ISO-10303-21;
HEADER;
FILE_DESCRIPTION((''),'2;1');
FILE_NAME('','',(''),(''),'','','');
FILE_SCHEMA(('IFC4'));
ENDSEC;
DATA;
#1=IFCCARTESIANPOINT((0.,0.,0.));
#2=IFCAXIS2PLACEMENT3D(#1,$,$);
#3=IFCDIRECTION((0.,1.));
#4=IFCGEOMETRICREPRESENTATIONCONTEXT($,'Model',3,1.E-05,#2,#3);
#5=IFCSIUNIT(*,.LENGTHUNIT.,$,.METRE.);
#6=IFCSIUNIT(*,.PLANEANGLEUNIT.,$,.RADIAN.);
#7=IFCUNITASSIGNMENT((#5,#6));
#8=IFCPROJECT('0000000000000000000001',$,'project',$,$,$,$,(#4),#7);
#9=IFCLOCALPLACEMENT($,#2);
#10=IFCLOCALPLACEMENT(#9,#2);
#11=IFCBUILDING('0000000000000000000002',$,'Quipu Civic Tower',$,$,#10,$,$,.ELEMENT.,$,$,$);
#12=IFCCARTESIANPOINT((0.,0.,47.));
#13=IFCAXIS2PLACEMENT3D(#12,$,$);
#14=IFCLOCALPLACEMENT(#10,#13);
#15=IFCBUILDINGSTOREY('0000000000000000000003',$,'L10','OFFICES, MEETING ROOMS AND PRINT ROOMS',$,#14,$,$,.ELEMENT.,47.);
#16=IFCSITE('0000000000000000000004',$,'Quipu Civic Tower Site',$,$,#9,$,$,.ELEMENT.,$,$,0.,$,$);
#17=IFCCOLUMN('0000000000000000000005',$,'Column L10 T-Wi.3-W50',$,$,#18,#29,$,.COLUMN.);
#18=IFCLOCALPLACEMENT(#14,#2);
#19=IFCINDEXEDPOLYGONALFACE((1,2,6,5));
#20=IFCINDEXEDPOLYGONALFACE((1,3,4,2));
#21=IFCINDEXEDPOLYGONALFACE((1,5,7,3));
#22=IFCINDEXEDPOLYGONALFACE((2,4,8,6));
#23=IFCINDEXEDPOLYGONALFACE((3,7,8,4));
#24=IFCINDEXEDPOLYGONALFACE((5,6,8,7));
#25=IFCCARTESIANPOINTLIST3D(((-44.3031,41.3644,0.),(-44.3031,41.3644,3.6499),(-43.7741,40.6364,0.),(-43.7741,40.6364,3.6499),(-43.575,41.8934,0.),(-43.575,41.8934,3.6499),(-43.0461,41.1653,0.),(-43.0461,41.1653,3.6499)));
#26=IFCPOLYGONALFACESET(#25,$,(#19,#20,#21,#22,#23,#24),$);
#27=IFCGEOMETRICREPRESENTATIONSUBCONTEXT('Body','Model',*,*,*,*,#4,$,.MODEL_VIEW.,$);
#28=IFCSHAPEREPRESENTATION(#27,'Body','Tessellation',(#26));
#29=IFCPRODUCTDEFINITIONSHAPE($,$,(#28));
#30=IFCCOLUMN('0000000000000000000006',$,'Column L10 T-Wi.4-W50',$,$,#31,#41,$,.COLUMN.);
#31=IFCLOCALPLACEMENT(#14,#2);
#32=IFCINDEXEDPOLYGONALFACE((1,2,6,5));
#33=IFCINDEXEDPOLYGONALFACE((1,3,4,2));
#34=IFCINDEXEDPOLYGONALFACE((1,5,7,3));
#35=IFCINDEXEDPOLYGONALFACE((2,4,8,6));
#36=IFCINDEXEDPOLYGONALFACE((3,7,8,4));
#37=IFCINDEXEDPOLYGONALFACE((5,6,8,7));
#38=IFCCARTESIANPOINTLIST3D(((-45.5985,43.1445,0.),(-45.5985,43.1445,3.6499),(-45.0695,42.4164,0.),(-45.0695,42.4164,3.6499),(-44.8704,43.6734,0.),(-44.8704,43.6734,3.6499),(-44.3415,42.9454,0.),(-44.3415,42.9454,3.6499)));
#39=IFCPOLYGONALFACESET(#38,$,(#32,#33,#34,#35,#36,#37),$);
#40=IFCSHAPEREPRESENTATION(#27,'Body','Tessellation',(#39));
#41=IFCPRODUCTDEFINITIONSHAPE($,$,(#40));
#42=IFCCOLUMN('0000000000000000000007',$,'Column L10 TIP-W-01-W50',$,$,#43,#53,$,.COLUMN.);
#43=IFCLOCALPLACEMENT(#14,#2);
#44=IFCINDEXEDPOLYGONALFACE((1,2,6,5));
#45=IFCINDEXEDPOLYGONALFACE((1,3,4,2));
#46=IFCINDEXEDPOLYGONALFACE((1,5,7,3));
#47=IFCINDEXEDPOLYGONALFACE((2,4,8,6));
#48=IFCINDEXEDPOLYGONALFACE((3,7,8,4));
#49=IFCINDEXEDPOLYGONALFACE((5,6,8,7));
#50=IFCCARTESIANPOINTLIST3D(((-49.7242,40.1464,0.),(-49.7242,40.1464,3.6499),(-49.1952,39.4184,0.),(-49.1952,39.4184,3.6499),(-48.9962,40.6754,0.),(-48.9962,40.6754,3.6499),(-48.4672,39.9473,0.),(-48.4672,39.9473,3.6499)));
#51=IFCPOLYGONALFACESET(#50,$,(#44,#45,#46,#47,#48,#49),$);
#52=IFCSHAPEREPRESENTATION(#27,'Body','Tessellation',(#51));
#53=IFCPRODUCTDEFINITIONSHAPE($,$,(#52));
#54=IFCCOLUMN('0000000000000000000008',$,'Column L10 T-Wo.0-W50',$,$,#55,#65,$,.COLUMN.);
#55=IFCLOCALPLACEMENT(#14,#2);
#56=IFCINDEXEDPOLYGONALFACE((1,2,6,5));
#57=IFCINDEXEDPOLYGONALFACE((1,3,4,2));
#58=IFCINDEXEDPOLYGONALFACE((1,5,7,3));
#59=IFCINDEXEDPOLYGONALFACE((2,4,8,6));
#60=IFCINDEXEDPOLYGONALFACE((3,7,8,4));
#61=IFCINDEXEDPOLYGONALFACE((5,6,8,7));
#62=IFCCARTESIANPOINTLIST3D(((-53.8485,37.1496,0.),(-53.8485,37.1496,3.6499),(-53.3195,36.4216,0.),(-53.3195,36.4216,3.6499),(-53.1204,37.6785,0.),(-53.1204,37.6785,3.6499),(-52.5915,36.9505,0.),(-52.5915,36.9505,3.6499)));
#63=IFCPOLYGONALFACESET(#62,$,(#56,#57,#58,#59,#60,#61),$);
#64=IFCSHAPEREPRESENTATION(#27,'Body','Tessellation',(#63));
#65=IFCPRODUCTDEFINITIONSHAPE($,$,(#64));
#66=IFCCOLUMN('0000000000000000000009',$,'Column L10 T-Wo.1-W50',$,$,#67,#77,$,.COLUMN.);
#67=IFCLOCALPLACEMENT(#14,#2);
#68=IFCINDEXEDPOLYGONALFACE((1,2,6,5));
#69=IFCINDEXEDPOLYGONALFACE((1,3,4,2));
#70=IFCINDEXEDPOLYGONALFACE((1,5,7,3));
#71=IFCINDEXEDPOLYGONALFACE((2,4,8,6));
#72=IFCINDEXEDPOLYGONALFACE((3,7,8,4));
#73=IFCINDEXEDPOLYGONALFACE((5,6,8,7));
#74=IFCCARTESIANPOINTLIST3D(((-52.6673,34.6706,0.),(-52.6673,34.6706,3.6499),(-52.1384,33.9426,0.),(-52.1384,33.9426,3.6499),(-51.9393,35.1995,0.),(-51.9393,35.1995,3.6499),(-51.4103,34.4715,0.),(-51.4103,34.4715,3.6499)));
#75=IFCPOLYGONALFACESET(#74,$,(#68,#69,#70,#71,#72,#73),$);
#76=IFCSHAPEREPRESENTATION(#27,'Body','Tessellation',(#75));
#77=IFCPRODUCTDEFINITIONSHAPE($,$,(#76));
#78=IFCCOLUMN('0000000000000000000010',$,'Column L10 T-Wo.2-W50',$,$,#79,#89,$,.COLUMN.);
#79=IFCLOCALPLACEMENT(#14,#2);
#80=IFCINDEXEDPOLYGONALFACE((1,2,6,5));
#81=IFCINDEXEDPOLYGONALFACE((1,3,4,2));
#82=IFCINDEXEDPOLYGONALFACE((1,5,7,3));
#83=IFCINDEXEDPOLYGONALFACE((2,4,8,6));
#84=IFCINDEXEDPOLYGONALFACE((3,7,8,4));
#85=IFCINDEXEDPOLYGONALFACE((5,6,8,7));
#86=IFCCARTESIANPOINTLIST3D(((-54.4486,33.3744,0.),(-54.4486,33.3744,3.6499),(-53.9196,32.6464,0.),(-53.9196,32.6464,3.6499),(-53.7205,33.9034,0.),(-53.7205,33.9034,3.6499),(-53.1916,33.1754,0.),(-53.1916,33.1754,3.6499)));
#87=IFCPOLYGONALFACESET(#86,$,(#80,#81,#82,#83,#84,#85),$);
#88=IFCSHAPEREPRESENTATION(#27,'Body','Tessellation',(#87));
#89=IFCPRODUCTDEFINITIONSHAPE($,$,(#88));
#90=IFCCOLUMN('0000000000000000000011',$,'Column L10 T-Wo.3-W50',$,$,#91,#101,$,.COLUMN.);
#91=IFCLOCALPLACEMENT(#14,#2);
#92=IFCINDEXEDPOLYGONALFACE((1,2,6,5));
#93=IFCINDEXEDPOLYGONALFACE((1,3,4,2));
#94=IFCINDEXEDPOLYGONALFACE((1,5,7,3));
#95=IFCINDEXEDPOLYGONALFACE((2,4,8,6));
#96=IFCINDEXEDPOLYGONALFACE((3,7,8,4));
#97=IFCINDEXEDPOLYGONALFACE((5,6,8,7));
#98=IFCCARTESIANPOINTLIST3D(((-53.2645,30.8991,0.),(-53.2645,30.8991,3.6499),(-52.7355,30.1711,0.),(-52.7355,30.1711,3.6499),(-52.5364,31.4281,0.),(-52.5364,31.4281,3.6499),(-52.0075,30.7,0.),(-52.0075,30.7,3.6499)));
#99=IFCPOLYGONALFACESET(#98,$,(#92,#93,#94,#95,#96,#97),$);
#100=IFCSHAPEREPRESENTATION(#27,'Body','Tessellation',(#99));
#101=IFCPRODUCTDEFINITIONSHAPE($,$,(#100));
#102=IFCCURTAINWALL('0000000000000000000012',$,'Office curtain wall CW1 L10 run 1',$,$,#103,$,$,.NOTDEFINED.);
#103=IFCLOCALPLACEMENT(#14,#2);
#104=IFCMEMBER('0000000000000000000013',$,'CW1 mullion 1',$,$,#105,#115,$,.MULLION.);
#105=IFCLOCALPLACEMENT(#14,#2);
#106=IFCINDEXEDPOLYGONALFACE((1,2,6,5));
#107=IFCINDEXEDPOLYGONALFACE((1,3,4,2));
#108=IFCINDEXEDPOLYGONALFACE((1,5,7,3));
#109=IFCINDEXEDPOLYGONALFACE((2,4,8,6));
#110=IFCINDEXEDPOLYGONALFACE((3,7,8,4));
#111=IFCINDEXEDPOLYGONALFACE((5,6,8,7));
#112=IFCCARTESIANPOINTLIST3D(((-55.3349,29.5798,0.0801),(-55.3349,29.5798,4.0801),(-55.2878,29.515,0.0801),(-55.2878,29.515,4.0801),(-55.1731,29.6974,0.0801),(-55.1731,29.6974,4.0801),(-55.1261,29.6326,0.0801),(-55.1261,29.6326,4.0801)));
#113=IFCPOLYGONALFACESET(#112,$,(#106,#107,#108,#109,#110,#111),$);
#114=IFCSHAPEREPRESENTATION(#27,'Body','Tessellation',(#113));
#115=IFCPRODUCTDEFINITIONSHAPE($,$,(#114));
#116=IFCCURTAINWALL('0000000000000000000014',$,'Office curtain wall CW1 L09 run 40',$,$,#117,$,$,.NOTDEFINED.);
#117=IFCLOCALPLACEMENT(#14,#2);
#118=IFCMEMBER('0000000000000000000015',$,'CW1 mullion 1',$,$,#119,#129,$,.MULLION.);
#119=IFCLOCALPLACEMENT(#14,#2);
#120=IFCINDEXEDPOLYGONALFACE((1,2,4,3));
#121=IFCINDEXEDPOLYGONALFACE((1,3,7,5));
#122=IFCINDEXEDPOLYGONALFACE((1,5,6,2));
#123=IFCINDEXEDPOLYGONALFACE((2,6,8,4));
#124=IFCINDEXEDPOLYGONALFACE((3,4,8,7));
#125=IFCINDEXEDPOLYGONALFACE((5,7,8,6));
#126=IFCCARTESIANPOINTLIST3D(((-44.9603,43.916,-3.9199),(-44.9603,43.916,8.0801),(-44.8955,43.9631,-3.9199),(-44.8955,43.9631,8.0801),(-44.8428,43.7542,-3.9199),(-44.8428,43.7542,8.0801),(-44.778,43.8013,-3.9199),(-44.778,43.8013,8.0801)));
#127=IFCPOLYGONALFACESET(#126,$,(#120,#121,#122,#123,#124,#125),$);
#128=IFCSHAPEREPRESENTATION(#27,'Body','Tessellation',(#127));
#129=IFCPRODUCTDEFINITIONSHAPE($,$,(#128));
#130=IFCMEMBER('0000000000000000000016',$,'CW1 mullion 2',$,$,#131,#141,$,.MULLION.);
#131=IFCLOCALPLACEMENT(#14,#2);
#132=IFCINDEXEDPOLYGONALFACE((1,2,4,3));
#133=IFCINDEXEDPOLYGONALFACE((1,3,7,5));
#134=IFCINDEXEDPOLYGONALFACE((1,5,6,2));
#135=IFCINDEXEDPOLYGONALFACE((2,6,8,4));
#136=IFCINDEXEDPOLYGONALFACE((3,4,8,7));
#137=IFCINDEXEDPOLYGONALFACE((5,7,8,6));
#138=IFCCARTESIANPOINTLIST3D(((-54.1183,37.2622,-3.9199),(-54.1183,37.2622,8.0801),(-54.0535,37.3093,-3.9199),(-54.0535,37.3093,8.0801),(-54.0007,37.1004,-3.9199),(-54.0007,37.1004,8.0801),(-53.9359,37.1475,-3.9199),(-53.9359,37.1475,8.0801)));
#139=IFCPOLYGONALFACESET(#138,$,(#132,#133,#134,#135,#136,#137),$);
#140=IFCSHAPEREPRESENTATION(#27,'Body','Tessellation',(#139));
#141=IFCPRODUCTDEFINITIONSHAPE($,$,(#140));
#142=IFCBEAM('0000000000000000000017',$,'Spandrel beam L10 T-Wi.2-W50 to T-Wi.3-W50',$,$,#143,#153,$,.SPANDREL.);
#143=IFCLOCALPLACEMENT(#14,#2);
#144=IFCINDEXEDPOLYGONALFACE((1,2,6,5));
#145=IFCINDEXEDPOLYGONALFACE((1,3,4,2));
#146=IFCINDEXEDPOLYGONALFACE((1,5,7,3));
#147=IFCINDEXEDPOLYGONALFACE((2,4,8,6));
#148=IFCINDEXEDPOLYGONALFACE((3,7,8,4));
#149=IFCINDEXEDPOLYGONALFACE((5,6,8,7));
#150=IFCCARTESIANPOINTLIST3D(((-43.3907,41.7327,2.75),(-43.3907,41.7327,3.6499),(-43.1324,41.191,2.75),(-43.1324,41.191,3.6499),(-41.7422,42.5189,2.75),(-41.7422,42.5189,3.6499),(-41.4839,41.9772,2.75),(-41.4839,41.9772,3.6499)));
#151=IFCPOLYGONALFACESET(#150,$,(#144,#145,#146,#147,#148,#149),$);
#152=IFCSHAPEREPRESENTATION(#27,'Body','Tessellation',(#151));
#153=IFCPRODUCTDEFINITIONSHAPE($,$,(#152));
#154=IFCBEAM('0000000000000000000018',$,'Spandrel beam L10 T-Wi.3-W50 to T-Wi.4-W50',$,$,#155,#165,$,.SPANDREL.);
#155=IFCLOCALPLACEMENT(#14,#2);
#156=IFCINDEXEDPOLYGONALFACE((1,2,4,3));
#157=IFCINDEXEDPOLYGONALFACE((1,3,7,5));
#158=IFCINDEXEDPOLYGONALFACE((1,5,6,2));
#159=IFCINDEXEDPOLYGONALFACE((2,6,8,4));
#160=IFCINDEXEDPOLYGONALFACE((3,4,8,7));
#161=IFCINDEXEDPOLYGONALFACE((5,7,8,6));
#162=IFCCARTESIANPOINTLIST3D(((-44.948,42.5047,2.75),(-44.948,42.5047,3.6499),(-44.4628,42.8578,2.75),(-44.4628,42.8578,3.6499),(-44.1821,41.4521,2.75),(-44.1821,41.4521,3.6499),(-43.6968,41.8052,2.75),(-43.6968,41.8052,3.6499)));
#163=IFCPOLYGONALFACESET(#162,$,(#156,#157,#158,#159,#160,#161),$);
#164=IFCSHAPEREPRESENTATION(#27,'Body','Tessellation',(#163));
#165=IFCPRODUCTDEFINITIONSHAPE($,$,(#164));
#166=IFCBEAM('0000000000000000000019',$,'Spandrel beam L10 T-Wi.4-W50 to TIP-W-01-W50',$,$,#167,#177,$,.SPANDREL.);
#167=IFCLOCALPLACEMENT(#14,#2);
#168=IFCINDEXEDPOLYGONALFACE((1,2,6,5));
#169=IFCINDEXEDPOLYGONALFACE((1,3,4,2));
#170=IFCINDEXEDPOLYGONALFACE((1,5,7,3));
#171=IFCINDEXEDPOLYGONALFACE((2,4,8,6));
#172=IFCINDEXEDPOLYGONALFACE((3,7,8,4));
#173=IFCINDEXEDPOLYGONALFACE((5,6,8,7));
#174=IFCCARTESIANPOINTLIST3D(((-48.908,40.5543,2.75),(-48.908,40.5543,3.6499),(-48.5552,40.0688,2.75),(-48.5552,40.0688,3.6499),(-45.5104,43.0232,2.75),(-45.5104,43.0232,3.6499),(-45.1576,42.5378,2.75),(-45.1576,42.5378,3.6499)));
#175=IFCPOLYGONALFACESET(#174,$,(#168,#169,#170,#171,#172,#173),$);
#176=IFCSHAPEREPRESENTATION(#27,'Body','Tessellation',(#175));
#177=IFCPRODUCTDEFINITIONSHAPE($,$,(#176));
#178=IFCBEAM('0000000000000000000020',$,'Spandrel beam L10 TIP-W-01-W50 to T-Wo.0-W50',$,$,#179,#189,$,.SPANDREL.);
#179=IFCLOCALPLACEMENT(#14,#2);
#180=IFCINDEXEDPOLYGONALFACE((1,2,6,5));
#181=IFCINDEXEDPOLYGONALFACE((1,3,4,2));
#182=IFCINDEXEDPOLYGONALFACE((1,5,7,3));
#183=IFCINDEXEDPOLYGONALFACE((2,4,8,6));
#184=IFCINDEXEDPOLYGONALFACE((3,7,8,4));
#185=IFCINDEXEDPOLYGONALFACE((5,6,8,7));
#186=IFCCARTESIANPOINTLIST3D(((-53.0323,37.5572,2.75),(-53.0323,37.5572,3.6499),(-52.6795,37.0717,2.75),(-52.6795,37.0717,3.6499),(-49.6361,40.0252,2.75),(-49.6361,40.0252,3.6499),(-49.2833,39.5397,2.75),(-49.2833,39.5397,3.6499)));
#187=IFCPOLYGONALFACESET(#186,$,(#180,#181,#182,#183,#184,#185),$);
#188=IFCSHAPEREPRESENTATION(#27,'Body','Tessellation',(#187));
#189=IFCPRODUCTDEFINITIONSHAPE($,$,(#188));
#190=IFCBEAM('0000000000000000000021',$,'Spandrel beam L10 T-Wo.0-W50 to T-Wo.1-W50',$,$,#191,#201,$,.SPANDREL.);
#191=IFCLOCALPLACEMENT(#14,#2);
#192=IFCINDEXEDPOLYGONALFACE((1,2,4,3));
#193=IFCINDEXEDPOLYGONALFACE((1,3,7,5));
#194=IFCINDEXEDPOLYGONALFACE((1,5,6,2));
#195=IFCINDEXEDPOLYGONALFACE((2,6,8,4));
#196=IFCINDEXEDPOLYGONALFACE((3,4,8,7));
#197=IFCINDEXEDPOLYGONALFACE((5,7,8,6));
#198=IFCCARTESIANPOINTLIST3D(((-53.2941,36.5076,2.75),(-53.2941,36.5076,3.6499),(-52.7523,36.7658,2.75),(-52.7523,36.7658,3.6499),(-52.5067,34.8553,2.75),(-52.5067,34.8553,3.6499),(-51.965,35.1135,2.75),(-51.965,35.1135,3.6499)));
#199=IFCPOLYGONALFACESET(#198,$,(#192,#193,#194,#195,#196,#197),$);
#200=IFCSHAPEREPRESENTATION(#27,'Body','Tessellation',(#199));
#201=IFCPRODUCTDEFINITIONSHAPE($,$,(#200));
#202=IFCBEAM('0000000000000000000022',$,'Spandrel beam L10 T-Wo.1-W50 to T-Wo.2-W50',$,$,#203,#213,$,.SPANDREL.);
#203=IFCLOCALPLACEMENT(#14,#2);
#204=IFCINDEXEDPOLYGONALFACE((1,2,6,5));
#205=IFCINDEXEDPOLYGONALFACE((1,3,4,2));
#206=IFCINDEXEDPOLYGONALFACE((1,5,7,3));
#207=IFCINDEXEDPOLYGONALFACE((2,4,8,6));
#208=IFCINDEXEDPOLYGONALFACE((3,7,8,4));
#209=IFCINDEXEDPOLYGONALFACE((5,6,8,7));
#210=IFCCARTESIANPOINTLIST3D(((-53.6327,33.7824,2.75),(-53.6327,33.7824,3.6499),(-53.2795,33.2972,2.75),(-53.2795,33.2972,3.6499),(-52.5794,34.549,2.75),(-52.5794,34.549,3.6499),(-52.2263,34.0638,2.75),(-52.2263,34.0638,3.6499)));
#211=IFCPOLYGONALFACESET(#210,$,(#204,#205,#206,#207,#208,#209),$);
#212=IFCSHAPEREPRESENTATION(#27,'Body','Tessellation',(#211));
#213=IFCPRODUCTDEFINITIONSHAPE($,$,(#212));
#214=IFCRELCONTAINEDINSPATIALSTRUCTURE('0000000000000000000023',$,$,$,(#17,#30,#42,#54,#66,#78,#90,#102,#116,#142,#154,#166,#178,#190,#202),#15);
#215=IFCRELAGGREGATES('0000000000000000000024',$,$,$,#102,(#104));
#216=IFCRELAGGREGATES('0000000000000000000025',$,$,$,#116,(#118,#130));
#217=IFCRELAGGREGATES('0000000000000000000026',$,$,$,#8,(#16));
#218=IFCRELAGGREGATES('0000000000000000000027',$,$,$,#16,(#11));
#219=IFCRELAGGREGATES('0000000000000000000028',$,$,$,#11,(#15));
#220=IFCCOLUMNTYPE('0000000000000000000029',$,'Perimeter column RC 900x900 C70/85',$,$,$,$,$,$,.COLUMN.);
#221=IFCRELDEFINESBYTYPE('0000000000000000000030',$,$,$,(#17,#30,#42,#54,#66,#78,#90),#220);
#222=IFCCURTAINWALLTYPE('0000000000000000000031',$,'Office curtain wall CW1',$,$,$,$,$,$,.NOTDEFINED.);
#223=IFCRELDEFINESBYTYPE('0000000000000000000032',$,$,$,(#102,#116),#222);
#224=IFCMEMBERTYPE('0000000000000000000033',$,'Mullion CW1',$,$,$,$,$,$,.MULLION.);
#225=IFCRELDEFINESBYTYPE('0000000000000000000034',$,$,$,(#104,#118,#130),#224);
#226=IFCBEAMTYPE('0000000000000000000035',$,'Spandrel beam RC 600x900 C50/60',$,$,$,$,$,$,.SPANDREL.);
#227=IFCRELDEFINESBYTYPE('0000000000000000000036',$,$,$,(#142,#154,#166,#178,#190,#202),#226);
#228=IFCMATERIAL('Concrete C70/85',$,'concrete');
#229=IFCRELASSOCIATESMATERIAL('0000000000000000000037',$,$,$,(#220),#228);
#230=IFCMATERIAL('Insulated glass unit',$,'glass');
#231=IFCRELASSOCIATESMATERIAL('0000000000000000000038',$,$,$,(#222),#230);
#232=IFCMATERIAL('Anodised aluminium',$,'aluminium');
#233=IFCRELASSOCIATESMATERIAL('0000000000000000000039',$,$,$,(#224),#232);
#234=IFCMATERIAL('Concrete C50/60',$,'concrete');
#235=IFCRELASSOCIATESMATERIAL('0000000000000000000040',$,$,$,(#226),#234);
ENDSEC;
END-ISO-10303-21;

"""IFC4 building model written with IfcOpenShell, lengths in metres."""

from ifc_helpers import new_model, si_unit, direction, frame, origin, origin_2d, place, context, subcontext, project, spatial, rectangle, extrude, material, material_profile, profile_set, type_object, element, aggregate, save


model = new_model("IFC4")

# Units and contexts
model_context = context("Model", 3, precision=1e-05, world=origin(), true_north=direction((0.0, 1.0)))
body_context = subcontext(model_context, "Body", "Model", "MODEL_VIEW")
ifc_project = project(units=[si_unit("LENGTHUNIT", "METRE"), si_unit("PLANEANGLEUNIT", "RADIAN")], contexts=[model_context])

# Site, building, storey
site_placement = place(None, origin())
site = spatial("IfcSite", under=ifc_project, at=site_placement, Name="Quipu Civic Tower Site", CompositionType="ELEMENT", RefElevation=0.0)
building_placement = place(site_placement, origin())
building = spatial("IfcBuilding", under=site, at=building_placement, Name="Quipu Civic Tower", CompositionType="ELEMENT")
storey_placement = place(building_placement, frame((0.0, 0.0, 47.0)))
storey = spatial("IfcBuildingStorey", under=building, at=storey_placement, Name="L10", Description="OFFICES, MEETING ROOMS AND PRINT ROOMS", CompositionType="ELEMENT", Elevation=47.0)

# Columns
ifc_material_1 = material(Name="Concrete C70/85", Category="concrete")
ifc_material_profile_1 = material_profile(ifc_material_1, rectangle(XDim=0.8999, YDim=0.8999, at=origin_2d()), Name="RC900x900")
ifc_profile_set_1 = profile_set([ifc_material_profile_1], Name="Concrete C70/85")
column_type = type_object("IfcColumnType", Name="Perimeter column RC 900x900 C70/85", PredefinedType="COLUMN", material=ifc_profile_set_1)
for number, where, z_axis, x_axis, name in (
    (1, (-43.6746, 41.2649, 0.0), (0.0, 0.0, 1.0), (-0.809017, -0.587785, 0.0), "Column L10 T-Wi.3-W50"),
    (2, (-44.97, 43.0449, 0.0), (0.0, 0.0, 1.0), (-0.809017, -0.587785, 0.0), "Column L10 T-Wi.4-W50"),
    (3, (-49.0957, 40.0469, 0.0), (0.0, 0.0, 1.0), (-0.809017, -0.587785, 0.0), "Column L10 TIP-W-01-W50"),
    (4, (-53.22, 37.05, 0.0), (0.0, 0.0, 1.0), (0.587785, -0.809017, 0.0), "Column L10 T-Wo.0-W50"),
    (5, (-52.0388, 34.571, 0.0), (0.0, 0.0, 1.0), (-0.809017, -0.587785, 0.0), "Column L10 T-Wo.1-W50"),
    (6, (-53.8201, 33.2749, 0.0), (0.0, 0.0, 1.0), (0.587785, -0.809017, 0.0), "Column L10 T-Wo.2-W50"),
    (7, (-52.636, 30.7996, 0.0), (0.0, 0.0, 1.0), (-0.809017, -0.587785, 0.0), "Column L10 T-Wo.3-W50"),
):
    element("IfcColumn", number, at=place(storey_placement, frame(where, z_axis=z_axis, x_axis=x_axis)), inside=storey, type_object=column_type, Name=name, PredefinedType="COLUMN", context=body_context, shape_type="SweptSolid", body=[
        extrude(rectangle(XDim=0.8999, YDim=0.8999, at=origin_2d()), origin(), (0.0, 0.0, 1.0), 3.6499),
    ])

# Curtain wall, member
ifc_material_2 = material(Name="Insulated glass unit", Category="glass")
curtain_wall_type = type_object("IfcCurtainWallType", Name="Office curtain wall CW1", PredefinedType="NOTDEFINED", material=ifc_material_2)
curtain_wall_1_placement = place(storey_placement, origin())
curtain_wall_1 = element("IfcCurtainWall", 8, at=curtain_wall_1_placement, inside=storey, type_object=curtain_wall_type, Name="Office curtain wall CW1 L10 run 1", PredefinedType="NOTDEFINED")
ifc_material_3 = material(Name="Anodised aluminium", Category="aluminium")
ifc_material_profile_2 = material_profile(ifc_material_3, rectangle(XDim=0.2, YDim=0.0801, at=origin_2d()), Name="RECT 200x80")
ifc_profile_set_2 = profile_set([ifc_material_profile_2], Name="Anodised aluminium")
member_type_1 = type_object("IfcMemberType", Name="Mullion CW1", PredefinedType="MULLION", material=ifc_profile_set_2)
member_1_placement = place(storey_placement, frame((-55.2305, 29.6062, 0.0801), z_axis=(0.0, 0.0, 1.0), x_axis=(0.809015, 0.587788, 0.0)))
member_1 = element("IfcMember", 9, at=member_1_placement, type_object=member_type_1, Name="CW1 mullion 1", PredefinedType="MULLION", context=body_context, shape_type="SweptSolid", body=[
    extrude(rectangle(XDim=0.2, YDim=0.0801, at=origin_2d()), origin(), (0.0, 0.0, 1.0), 4.0),
])
aggregate(curtain_wall_1, [member_1])

# Curtain wall, members
curtain_wall_2_placement = place(storey_placement, origin())
curtain_wall_2 = element("IfcCurtainWall", 10, at=curtain_wall_2_placement, inside=storey, type_object=curtain_wall_type, Name="Office curtain wall CW1 L09 run 40", PredefinedType="NOTDEFINED")
member_2_placement = place(storey_placement, frame((-44.8691, 43.8586, -3.9199), z_axis=(0.0, 0.0, 1.0), x_axis=(0.587782, -0.809019, 0.0)))
member_2 = element("IfcMember", 11, at=member_2_placement, type_object=member_type_1, Name="CW1 mullion 1", PredefinedType="MULLION", context=body_context, shape_type="SweptSolid", body=[
    extrude(rectangle(XDim=0.2, YDim=0.0801, at=origin_2d()), origin(), (0.0, 0.0, 1.0), 12.0),
])
member_3_placement = place(storey_placement, frame((-54.0271, 37.2048, -3.9199), z_axis=(0.0, 0.0, 1.0), x_axis=(0.587782, -0.809019, 0.0)))
member_3 = element("IfcMember", 12, at=member_3_placement, type_object=member_type_1, Name="CW1 mullion 2", PredefinedType="MULLION", context=body_context, shape_type="SweptSolid", body=[
    extrude(rectangle(XDim=0.2, YDim=0.0801, at=origin_2d()), origin(), (0.0, 0.0, 1.0), 12.0),
])

# Beams
ifc_material_4 = material(Name="Concrete C50/60", Category="concrete")
ifc_material_profile_3 = material_profile(ifc_material_4, rectangle(XDim=0.6001, YDim=0.8999, at=origin_2d()), Name="RC600x900")
ifc_profile_set_3 = profile_set([ifc_material_profile_3], Name="Concrete C50/60")
beam_type = type_object("IfcBeamType", Name="Spandrel beam RC 600x900 C50/60", PredefinedType="SPANDREL", material=ifc_profile_set_3)
beam_1_placement = place(storey_placement, frame((-41.613, 42.248, 3.2), z_axis=(-0.902613, -0.430452, 0.0), x_axis=(0.430452, -0.902613, 0.0)))
element("IfcBeam", 13, at=beam_1_placement, inside=storey, type_object=beam_type, Name="Spandrel beam L10 T-Wi.2-W50 to T-Wi.3-W50", PredefinedType="SPANDREL", context=body_context, shape_type="SweptSolid", body=[
    extrude(rectangle(XDim=0.6001, YDim=0.8999, at=origin_2d()), origin(), (0.0, 0.0, 1.0), 1.8264),
])
beam_2_placement = place(storey_placement, frame((-43.9395, 41.6287, 3.2), z_axis=(-0.588384, 0.808582, 0.0), x_axis=(-0.808582, -0.588384, 0.0)))
element("IfcBeam", 14, at=beam_2_placement, inside=storey, type_object=beam_type, Name="Spandrel beam L10 T-Wi.3-W50 to T-Wi.4-W50", PredefinedType="SPANDREL", context=body_context, shape_type="SweptSolid", body=[
    extrude(rectangle(XDim=0.6001, YDim=0.8999, at=origin_2d()), origin(), (0.0, 0.0, 1.0), 1.3018),
])
beam_3_placement = place(storey_placement, frame((-45.334, 42.7805, 3.2), z_axis=(-0.80897, -0.58785, 0.0), x_axis=(0.58785, -0.80897, 0.0)))
element("IfcBeam", 15, at=beam_3_placement, inside=storey, type_object=beam_type, Name="Spandrel beam L10 T-Wi.4-W50 to TIP-W-01-W50", PredefinedType="SPANDREL", context=body_context, shape_type="SweptSolid", body=[
    extrude(rectangle(XDim=0.6001, YDim=0.8999, at=origin_2d()), origin(), (0.0, 0.0, 1.0), 4.2),
])
beam_4_placement = place(storey_placement, frame((-49.4597, 39.7825, 3.2), z_axis=(-0.80896, -0.587864, 0.0), x_axis=(0.587864, -0.80896, 0.0)))
element("IfcBeam", 16, at=beam_4_placement, inside=storey, type_object=beam_type, Name="Spandrel beam L10 TIP-W-01-W50 to T-Wo.0-W50", PredefinedType="SPANDREL", context=body_context, shape_type="SweptSolid", body=[
    extrude(rectangle(XDim=0.6001, YDim=0.8999, at=origin_2d()), origin(), (0.0, 0.0, 1.0), 4.1982),
])
beam_5_placement = place(storey_placement, frame((-53.0232, 36.6367, 3.2), z_axis=(0.430167, -0.90275, 0.0), x_axis=(0.90275, 0.430167, 0.0)))
element("IfcBeam", 17, at=beam_5_placement, inside=storey, type_object=beam_type, Name="Spandrel beam L10 T-Wo.0-W50 to T-Wo.1-W50", PredefinedType="SPANDREL", context=body_context, shape_type="SweptSolid", body=[
    extrude(rectangle(XDim=0.6001, YDim=0.8999, at=origin_2d()), origin(), (0.0, 0.0, 1.0), 1.8303),
])
beam_6_placement = place(storey_placement, frame((-52.4028, 34.3064, 3.2), z_axis=(-0.808509, -0.588484, 0.0), x_axis=(0.588484, -0.808509, 0.0)))
element("IfcBeam", 18, at=beam_6_placement, inside=storey, type_object=beam_type, Name="Spandrel beam L10 T-Wo.1-W50 to T-Wo.2-W50", PredefinedType="SPANDREL", context=body_context, shape_type="SweptSolid", body=[
    extrude(rectangle(XDim=0.6001, YDim=0.8999, at=origin_2d()), origin(), (0.0, 0.0, 1.0), 1.3027),
])

aggregate(curtain_wall_2, [member_2, member_3])

save(model, "model.ifc")
